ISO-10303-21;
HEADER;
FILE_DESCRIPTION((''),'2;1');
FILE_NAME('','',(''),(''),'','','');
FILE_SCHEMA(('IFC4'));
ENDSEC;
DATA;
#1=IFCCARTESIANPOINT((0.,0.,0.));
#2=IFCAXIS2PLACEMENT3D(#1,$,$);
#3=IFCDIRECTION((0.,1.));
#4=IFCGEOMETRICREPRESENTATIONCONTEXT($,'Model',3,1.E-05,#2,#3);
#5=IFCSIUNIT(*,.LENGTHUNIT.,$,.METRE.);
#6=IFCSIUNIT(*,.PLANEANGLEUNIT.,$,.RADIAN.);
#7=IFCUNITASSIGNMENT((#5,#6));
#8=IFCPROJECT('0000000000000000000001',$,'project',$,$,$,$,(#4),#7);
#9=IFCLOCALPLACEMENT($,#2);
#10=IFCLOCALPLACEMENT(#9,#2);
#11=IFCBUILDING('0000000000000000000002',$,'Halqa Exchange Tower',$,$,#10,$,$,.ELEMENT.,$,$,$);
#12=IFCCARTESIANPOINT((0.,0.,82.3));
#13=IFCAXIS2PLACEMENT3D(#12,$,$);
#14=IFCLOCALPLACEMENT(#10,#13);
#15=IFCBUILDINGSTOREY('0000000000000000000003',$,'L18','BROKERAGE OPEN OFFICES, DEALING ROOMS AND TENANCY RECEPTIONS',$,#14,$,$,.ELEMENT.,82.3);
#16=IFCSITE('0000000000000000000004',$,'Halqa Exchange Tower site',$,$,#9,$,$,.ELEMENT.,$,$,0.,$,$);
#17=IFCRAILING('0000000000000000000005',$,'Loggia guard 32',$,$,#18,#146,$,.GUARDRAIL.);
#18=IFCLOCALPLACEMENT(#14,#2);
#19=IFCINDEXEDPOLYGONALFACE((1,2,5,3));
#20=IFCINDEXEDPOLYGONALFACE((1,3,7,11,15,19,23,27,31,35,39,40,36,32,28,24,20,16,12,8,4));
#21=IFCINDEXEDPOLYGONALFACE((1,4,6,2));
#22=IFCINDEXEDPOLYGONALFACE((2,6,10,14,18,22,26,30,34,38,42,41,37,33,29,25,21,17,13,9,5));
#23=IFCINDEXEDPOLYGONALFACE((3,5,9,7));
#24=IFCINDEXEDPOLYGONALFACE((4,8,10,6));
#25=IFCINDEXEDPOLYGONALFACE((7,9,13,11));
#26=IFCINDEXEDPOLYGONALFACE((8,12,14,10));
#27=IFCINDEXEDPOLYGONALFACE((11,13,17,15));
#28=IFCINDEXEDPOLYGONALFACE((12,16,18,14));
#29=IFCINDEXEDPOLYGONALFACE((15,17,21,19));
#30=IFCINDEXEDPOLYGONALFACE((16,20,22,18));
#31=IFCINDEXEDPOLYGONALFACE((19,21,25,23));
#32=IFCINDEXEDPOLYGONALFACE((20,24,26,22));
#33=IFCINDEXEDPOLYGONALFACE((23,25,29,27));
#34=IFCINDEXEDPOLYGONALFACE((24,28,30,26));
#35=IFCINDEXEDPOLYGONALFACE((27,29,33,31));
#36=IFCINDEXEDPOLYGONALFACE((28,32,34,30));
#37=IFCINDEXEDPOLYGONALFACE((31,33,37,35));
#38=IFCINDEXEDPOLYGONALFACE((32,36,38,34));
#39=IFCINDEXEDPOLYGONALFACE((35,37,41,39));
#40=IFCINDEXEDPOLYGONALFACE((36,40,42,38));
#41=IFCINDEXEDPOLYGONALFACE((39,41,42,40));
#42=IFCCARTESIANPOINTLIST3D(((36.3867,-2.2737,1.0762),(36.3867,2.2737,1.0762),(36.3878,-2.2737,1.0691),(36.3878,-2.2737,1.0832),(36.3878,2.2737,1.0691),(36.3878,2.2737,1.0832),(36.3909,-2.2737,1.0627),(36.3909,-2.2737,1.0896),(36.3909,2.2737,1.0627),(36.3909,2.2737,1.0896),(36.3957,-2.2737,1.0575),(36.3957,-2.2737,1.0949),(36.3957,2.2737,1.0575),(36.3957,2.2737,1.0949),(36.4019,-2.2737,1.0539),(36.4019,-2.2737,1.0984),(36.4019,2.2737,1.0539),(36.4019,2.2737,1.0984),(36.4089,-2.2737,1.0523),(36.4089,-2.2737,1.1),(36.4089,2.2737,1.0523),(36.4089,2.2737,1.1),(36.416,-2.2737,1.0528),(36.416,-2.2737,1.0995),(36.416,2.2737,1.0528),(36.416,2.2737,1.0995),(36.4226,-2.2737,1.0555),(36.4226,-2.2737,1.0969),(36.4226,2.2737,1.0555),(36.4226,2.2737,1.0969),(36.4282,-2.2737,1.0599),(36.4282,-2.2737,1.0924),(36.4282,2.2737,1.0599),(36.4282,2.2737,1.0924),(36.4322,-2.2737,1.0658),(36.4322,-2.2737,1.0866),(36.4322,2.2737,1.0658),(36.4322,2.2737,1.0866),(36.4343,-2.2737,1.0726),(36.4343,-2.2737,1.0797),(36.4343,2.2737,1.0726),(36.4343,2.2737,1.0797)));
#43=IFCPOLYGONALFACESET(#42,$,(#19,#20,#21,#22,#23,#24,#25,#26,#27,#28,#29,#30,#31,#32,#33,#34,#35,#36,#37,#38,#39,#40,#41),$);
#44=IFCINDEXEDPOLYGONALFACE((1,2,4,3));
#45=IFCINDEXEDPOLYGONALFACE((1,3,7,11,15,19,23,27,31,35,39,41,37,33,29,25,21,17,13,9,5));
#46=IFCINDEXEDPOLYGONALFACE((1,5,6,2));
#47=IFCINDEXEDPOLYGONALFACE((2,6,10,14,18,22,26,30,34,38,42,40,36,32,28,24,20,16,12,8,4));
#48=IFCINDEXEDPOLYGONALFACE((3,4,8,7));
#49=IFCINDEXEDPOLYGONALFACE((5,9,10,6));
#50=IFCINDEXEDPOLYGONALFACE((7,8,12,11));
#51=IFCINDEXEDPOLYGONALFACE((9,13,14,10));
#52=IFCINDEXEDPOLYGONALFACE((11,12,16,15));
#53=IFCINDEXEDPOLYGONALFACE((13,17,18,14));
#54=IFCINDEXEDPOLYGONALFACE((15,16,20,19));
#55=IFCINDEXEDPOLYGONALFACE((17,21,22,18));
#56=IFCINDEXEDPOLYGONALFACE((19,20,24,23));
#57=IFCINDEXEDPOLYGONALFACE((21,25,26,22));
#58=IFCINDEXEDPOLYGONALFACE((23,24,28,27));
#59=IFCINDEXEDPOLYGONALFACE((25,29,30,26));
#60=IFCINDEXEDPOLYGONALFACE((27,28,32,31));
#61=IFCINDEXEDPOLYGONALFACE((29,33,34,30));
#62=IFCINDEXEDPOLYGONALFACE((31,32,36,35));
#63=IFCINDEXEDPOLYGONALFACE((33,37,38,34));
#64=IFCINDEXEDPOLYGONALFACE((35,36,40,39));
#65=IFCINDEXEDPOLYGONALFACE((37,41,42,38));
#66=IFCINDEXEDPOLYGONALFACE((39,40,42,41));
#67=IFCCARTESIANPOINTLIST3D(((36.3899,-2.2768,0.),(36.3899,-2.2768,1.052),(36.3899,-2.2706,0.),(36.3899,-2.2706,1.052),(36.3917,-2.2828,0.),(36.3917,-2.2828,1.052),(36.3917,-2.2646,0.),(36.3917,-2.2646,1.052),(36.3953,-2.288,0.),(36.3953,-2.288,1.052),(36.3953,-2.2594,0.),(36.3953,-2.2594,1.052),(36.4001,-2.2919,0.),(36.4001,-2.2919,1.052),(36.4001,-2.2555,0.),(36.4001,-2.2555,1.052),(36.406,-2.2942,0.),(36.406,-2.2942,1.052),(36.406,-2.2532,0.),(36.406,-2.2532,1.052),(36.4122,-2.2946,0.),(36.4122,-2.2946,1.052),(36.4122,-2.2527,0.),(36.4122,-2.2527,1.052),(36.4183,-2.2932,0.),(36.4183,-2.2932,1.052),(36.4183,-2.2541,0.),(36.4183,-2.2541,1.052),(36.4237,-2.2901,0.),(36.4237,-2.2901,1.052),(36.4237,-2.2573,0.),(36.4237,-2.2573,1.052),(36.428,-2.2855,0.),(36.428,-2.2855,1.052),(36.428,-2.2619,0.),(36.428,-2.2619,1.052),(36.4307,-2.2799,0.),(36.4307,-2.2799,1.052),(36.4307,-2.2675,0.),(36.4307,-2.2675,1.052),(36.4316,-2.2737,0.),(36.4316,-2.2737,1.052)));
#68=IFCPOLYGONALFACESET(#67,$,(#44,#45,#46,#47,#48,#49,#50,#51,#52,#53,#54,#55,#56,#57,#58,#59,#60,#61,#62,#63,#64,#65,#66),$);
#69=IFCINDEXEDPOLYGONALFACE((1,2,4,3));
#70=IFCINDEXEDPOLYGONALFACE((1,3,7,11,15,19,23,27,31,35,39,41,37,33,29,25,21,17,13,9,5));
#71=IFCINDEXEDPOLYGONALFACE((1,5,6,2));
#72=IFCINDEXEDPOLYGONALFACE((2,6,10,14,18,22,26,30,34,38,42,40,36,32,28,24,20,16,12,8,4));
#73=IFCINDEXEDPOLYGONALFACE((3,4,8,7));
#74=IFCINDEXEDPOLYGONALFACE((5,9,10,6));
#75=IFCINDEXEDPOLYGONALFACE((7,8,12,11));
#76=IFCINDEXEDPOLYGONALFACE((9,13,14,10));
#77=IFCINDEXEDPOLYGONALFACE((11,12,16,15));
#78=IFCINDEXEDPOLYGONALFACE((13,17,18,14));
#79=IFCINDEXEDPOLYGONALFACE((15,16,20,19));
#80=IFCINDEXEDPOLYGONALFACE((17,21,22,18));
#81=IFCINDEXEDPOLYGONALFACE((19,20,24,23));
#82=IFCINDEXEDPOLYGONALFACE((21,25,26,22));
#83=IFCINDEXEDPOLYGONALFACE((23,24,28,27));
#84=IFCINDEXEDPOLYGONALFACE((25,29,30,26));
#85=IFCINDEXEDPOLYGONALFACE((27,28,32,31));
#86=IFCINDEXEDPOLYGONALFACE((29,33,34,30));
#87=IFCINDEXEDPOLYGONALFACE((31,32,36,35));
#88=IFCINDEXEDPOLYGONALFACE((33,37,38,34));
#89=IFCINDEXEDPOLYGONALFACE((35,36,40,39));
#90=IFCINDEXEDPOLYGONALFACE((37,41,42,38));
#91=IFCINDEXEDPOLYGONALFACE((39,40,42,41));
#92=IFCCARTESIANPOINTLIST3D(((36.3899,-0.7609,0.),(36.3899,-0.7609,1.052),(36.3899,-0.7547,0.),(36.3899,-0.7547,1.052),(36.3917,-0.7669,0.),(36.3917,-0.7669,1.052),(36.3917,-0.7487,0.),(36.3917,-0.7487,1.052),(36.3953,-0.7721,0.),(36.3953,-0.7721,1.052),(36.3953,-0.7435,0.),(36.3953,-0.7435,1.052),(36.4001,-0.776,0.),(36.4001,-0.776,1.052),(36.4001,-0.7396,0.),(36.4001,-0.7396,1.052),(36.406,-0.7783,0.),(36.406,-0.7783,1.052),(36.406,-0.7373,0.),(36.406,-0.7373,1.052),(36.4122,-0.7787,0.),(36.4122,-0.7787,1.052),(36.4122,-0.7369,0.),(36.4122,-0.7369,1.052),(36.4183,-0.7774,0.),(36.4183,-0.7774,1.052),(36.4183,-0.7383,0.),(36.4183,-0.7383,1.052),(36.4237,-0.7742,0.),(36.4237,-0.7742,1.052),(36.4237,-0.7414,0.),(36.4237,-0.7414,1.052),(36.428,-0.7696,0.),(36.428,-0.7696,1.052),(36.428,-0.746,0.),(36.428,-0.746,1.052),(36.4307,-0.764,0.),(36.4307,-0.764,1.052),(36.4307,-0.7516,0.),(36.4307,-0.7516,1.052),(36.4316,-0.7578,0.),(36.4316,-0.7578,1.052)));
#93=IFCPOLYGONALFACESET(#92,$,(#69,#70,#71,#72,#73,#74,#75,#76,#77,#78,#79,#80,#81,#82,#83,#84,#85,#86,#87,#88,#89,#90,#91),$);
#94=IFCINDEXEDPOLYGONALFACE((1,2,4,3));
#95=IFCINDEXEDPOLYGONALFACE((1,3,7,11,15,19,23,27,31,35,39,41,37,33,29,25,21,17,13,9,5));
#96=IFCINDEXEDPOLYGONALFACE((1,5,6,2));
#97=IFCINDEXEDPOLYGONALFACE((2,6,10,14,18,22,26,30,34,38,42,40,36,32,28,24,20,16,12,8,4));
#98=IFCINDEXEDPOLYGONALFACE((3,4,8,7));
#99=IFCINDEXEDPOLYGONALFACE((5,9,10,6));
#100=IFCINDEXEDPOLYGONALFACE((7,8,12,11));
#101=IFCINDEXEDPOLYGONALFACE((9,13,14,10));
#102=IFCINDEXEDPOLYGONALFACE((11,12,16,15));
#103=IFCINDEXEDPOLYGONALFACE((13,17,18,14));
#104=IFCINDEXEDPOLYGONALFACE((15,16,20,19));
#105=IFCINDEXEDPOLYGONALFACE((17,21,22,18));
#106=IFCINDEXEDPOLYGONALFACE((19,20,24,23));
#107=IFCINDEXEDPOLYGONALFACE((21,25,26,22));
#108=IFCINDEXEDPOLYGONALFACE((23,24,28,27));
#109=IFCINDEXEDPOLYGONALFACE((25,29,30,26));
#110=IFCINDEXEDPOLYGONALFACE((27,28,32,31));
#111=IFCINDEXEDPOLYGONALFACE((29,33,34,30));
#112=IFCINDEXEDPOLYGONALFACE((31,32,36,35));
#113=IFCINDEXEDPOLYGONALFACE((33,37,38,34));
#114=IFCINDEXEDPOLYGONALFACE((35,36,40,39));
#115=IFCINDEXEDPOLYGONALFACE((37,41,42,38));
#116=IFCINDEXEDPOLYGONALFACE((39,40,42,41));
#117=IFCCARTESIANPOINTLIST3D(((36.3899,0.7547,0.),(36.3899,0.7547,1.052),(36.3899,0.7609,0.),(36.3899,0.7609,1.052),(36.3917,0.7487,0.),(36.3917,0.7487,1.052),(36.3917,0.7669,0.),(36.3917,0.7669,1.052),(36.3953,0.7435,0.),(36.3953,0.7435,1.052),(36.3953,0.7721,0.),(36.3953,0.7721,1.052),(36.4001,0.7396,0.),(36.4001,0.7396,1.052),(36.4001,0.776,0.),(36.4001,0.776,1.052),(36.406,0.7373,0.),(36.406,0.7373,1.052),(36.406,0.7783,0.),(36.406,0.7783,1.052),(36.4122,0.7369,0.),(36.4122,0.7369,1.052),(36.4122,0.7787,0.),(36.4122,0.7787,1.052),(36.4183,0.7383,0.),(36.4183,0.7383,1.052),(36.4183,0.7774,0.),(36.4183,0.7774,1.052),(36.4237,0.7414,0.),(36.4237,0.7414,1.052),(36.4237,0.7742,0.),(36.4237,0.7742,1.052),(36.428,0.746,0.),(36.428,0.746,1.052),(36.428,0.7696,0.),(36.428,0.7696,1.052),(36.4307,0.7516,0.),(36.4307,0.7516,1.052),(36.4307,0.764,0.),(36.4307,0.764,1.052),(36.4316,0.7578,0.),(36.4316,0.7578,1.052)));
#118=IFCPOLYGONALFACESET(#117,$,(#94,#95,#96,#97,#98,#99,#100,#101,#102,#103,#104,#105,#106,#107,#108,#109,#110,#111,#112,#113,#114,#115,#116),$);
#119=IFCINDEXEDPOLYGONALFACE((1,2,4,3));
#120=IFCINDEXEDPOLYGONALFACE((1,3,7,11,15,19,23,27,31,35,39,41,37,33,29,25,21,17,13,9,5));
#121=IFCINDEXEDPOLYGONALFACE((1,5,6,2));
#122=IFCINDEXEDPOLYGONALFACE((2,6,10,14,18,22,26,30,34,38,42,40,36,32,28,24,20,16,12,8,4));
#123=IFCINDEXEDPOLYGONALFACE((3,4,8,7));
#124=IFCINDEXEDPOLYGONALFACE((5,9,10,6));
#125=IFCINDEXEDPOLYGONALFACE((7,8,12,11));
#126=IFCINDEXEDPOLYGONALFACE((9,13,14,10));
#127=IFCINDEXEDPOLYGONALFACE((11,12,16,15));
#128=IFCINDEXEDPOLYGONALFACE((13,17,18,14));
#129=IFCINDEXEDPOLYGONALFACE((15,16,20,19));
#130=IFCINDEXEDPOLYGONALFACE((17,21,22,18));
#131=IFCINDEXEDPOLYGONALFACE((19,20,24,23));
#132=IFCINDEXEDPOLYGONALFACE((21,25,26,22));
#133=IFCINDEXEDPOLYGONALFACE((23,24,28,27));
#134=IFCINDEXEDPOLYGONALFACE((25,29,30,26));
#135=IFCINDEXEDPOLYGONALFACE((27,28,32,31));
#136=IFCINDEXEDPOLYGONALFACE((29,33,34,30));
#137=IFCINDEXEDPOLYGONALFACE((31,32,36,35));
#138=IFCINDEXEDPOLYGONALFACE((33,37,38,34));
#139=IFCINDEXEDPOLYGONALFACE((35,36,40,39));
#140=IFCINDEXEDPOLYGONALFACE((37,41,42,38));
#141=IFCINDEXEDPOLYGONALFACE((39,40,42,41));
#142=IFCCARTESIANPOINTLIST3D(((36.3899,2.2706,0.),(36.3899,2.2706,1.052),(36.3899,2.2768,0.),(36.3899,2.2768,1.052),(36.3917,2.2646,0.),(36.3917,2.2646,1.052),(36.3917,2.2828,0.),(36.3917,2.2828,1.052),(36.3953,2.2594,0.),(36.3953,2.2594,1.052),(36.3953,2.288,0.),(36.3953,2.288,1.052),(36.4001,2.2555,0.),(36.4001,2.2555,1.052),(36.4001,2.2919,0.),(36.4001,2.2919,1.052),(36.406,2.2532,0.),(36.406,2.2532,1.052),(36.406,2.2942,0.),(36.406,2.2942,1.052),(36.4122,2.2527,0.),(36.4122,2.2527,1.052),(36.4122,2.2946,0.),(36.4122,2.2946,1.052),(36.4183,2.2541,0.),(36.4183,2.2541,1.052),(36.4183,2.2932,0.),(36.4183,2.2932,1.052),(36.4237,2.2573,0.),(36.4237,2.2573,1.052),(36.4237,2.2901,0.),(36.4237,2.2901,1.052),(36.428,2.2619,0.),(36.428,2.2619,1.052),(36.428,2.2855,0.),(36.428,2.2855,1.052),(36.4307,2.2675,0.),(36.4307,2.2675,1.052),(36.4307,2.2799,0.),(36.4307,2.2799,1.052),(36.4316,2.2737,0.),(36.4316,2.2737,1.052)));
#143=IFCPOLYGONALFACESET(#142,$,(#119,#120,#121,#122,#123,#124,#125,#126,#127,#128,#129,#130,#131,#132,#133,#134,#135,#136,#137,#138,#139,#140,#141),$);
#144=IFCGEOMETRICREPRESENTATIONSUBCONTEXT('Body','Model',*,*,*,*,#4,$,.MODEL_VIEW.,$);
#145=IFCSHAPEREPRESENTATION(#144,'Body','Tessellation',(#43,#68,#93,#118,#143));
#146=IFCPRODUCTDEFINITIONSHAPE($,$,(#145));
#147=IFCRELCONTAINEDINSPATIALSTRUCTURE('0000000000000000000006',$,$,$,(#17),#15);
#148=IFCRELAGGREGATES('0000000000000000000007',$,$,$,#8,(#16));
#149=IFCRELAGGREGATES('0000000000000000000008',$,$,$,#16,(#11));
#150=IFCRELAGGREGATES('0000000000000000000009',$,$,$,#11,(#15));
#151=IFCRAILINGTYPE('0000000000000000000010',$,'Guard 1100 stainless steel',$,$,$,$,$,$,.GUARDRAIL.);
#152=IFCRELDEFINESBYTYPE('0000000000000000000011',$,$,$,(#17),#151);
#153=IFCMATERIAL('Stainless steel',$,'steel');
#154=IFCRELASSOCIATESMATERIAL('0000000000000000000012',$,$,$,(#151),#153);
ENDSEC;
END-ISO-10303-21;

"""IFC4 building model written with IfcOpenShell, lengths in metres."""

from ifc_helpers import new_model, si_unit, direction, frame, origin, origin_2d, place, context, subcontext, project, spatial, circle, extrude, material, type_object, element, save


model = new_model("IFC4")

# Units and contexts
model_context = context("Model", 3, precision=1e-05, world=origin(), true_north=direction((0.0, 1.0)))
body_context = subcontext(model_context, "Body", "Model", "MODEL_VIEW")
ifc_project = project(units=[si_unit("LENGTHUNIT", "METRE"), si_unit("PLANEANGLEUNIT", "RADIAN")], contexts=[model_context])

# Site, building, storey
site_placement = place(None, origin())
site = spatial("IfcSite", under=ifc_project, at=site_placement, Name="Halqa Exchange Tower site", CompositionType="ELEMENT", RefElevation=0.0)
building_placement = place(site_placement, origin())
building = spatial("IfcBuilding", under=site, at=building_placement, Name="Halqa Exchange Tower", CompositionType="ELEMENT")
storey_placement = place(building_placement, frame((0.0, 0.0, 82.3)))
storey = spatial("IfcBuildingStorey", under=building, at=storey_placement, Name="L18", Description="BROKERAGE OPEN OFFICES, DEALING ROOMS AND TENANCY RECEPTIONS", CompositionType="ELEMENT", Elevation=82.3)

# Railing
ifc_material_1 = material(Name="Stainless steel", Category="steel")
railing_type = type_object("IfcRailingType", Name="Guard 1100 stainless steel", PredefinedType="GUARDRAIL", material=ifc_material_1)
railing_1_placement = place(storey_placement, frame((36.4106, -2.2737, 0.0)))
element("IfcRailing", 1, at=railing_1_placement, inside=storey, type_object=railing_type, Name="Loggia guard 32", PredefinedType="GUARDRAIL", context=body_context, shape_type="SweptSolid", body=[
    extrude(circle(Radius=0.0239, at=origin_2d()), frame((0.0, 0.0, 1.0762), z_axis=(0.0, 1.0, 0.0), x_axis=(-1.0, 0.0, 0.0)), (0.0, 0.0, 1.0), 4.5474),
    extrude(circle(Radius=0.021, at=origin_2d()), origin(), (0.0, 0.0, 1.0), 1.052),
    extrude(circle(Radius=0.021, at=origin_2d()), frame((0.0, 1.5159, 0.0)), (0.0, 0.0, 1.0), 1.052),
    extrude(circle(Radius=0.021, at=origin_2d()), frame((0.0, 3.0315, 0.0)), (0.0, 0.0, 1.0), 1.052),
    extrude(circle(Radius=0.021, at=origin_2d()), frame((0.0, 4.5474, 0.0)), (0.0, 0.0, 1.0), 1.052),
])

save(model, "model.ifc")
